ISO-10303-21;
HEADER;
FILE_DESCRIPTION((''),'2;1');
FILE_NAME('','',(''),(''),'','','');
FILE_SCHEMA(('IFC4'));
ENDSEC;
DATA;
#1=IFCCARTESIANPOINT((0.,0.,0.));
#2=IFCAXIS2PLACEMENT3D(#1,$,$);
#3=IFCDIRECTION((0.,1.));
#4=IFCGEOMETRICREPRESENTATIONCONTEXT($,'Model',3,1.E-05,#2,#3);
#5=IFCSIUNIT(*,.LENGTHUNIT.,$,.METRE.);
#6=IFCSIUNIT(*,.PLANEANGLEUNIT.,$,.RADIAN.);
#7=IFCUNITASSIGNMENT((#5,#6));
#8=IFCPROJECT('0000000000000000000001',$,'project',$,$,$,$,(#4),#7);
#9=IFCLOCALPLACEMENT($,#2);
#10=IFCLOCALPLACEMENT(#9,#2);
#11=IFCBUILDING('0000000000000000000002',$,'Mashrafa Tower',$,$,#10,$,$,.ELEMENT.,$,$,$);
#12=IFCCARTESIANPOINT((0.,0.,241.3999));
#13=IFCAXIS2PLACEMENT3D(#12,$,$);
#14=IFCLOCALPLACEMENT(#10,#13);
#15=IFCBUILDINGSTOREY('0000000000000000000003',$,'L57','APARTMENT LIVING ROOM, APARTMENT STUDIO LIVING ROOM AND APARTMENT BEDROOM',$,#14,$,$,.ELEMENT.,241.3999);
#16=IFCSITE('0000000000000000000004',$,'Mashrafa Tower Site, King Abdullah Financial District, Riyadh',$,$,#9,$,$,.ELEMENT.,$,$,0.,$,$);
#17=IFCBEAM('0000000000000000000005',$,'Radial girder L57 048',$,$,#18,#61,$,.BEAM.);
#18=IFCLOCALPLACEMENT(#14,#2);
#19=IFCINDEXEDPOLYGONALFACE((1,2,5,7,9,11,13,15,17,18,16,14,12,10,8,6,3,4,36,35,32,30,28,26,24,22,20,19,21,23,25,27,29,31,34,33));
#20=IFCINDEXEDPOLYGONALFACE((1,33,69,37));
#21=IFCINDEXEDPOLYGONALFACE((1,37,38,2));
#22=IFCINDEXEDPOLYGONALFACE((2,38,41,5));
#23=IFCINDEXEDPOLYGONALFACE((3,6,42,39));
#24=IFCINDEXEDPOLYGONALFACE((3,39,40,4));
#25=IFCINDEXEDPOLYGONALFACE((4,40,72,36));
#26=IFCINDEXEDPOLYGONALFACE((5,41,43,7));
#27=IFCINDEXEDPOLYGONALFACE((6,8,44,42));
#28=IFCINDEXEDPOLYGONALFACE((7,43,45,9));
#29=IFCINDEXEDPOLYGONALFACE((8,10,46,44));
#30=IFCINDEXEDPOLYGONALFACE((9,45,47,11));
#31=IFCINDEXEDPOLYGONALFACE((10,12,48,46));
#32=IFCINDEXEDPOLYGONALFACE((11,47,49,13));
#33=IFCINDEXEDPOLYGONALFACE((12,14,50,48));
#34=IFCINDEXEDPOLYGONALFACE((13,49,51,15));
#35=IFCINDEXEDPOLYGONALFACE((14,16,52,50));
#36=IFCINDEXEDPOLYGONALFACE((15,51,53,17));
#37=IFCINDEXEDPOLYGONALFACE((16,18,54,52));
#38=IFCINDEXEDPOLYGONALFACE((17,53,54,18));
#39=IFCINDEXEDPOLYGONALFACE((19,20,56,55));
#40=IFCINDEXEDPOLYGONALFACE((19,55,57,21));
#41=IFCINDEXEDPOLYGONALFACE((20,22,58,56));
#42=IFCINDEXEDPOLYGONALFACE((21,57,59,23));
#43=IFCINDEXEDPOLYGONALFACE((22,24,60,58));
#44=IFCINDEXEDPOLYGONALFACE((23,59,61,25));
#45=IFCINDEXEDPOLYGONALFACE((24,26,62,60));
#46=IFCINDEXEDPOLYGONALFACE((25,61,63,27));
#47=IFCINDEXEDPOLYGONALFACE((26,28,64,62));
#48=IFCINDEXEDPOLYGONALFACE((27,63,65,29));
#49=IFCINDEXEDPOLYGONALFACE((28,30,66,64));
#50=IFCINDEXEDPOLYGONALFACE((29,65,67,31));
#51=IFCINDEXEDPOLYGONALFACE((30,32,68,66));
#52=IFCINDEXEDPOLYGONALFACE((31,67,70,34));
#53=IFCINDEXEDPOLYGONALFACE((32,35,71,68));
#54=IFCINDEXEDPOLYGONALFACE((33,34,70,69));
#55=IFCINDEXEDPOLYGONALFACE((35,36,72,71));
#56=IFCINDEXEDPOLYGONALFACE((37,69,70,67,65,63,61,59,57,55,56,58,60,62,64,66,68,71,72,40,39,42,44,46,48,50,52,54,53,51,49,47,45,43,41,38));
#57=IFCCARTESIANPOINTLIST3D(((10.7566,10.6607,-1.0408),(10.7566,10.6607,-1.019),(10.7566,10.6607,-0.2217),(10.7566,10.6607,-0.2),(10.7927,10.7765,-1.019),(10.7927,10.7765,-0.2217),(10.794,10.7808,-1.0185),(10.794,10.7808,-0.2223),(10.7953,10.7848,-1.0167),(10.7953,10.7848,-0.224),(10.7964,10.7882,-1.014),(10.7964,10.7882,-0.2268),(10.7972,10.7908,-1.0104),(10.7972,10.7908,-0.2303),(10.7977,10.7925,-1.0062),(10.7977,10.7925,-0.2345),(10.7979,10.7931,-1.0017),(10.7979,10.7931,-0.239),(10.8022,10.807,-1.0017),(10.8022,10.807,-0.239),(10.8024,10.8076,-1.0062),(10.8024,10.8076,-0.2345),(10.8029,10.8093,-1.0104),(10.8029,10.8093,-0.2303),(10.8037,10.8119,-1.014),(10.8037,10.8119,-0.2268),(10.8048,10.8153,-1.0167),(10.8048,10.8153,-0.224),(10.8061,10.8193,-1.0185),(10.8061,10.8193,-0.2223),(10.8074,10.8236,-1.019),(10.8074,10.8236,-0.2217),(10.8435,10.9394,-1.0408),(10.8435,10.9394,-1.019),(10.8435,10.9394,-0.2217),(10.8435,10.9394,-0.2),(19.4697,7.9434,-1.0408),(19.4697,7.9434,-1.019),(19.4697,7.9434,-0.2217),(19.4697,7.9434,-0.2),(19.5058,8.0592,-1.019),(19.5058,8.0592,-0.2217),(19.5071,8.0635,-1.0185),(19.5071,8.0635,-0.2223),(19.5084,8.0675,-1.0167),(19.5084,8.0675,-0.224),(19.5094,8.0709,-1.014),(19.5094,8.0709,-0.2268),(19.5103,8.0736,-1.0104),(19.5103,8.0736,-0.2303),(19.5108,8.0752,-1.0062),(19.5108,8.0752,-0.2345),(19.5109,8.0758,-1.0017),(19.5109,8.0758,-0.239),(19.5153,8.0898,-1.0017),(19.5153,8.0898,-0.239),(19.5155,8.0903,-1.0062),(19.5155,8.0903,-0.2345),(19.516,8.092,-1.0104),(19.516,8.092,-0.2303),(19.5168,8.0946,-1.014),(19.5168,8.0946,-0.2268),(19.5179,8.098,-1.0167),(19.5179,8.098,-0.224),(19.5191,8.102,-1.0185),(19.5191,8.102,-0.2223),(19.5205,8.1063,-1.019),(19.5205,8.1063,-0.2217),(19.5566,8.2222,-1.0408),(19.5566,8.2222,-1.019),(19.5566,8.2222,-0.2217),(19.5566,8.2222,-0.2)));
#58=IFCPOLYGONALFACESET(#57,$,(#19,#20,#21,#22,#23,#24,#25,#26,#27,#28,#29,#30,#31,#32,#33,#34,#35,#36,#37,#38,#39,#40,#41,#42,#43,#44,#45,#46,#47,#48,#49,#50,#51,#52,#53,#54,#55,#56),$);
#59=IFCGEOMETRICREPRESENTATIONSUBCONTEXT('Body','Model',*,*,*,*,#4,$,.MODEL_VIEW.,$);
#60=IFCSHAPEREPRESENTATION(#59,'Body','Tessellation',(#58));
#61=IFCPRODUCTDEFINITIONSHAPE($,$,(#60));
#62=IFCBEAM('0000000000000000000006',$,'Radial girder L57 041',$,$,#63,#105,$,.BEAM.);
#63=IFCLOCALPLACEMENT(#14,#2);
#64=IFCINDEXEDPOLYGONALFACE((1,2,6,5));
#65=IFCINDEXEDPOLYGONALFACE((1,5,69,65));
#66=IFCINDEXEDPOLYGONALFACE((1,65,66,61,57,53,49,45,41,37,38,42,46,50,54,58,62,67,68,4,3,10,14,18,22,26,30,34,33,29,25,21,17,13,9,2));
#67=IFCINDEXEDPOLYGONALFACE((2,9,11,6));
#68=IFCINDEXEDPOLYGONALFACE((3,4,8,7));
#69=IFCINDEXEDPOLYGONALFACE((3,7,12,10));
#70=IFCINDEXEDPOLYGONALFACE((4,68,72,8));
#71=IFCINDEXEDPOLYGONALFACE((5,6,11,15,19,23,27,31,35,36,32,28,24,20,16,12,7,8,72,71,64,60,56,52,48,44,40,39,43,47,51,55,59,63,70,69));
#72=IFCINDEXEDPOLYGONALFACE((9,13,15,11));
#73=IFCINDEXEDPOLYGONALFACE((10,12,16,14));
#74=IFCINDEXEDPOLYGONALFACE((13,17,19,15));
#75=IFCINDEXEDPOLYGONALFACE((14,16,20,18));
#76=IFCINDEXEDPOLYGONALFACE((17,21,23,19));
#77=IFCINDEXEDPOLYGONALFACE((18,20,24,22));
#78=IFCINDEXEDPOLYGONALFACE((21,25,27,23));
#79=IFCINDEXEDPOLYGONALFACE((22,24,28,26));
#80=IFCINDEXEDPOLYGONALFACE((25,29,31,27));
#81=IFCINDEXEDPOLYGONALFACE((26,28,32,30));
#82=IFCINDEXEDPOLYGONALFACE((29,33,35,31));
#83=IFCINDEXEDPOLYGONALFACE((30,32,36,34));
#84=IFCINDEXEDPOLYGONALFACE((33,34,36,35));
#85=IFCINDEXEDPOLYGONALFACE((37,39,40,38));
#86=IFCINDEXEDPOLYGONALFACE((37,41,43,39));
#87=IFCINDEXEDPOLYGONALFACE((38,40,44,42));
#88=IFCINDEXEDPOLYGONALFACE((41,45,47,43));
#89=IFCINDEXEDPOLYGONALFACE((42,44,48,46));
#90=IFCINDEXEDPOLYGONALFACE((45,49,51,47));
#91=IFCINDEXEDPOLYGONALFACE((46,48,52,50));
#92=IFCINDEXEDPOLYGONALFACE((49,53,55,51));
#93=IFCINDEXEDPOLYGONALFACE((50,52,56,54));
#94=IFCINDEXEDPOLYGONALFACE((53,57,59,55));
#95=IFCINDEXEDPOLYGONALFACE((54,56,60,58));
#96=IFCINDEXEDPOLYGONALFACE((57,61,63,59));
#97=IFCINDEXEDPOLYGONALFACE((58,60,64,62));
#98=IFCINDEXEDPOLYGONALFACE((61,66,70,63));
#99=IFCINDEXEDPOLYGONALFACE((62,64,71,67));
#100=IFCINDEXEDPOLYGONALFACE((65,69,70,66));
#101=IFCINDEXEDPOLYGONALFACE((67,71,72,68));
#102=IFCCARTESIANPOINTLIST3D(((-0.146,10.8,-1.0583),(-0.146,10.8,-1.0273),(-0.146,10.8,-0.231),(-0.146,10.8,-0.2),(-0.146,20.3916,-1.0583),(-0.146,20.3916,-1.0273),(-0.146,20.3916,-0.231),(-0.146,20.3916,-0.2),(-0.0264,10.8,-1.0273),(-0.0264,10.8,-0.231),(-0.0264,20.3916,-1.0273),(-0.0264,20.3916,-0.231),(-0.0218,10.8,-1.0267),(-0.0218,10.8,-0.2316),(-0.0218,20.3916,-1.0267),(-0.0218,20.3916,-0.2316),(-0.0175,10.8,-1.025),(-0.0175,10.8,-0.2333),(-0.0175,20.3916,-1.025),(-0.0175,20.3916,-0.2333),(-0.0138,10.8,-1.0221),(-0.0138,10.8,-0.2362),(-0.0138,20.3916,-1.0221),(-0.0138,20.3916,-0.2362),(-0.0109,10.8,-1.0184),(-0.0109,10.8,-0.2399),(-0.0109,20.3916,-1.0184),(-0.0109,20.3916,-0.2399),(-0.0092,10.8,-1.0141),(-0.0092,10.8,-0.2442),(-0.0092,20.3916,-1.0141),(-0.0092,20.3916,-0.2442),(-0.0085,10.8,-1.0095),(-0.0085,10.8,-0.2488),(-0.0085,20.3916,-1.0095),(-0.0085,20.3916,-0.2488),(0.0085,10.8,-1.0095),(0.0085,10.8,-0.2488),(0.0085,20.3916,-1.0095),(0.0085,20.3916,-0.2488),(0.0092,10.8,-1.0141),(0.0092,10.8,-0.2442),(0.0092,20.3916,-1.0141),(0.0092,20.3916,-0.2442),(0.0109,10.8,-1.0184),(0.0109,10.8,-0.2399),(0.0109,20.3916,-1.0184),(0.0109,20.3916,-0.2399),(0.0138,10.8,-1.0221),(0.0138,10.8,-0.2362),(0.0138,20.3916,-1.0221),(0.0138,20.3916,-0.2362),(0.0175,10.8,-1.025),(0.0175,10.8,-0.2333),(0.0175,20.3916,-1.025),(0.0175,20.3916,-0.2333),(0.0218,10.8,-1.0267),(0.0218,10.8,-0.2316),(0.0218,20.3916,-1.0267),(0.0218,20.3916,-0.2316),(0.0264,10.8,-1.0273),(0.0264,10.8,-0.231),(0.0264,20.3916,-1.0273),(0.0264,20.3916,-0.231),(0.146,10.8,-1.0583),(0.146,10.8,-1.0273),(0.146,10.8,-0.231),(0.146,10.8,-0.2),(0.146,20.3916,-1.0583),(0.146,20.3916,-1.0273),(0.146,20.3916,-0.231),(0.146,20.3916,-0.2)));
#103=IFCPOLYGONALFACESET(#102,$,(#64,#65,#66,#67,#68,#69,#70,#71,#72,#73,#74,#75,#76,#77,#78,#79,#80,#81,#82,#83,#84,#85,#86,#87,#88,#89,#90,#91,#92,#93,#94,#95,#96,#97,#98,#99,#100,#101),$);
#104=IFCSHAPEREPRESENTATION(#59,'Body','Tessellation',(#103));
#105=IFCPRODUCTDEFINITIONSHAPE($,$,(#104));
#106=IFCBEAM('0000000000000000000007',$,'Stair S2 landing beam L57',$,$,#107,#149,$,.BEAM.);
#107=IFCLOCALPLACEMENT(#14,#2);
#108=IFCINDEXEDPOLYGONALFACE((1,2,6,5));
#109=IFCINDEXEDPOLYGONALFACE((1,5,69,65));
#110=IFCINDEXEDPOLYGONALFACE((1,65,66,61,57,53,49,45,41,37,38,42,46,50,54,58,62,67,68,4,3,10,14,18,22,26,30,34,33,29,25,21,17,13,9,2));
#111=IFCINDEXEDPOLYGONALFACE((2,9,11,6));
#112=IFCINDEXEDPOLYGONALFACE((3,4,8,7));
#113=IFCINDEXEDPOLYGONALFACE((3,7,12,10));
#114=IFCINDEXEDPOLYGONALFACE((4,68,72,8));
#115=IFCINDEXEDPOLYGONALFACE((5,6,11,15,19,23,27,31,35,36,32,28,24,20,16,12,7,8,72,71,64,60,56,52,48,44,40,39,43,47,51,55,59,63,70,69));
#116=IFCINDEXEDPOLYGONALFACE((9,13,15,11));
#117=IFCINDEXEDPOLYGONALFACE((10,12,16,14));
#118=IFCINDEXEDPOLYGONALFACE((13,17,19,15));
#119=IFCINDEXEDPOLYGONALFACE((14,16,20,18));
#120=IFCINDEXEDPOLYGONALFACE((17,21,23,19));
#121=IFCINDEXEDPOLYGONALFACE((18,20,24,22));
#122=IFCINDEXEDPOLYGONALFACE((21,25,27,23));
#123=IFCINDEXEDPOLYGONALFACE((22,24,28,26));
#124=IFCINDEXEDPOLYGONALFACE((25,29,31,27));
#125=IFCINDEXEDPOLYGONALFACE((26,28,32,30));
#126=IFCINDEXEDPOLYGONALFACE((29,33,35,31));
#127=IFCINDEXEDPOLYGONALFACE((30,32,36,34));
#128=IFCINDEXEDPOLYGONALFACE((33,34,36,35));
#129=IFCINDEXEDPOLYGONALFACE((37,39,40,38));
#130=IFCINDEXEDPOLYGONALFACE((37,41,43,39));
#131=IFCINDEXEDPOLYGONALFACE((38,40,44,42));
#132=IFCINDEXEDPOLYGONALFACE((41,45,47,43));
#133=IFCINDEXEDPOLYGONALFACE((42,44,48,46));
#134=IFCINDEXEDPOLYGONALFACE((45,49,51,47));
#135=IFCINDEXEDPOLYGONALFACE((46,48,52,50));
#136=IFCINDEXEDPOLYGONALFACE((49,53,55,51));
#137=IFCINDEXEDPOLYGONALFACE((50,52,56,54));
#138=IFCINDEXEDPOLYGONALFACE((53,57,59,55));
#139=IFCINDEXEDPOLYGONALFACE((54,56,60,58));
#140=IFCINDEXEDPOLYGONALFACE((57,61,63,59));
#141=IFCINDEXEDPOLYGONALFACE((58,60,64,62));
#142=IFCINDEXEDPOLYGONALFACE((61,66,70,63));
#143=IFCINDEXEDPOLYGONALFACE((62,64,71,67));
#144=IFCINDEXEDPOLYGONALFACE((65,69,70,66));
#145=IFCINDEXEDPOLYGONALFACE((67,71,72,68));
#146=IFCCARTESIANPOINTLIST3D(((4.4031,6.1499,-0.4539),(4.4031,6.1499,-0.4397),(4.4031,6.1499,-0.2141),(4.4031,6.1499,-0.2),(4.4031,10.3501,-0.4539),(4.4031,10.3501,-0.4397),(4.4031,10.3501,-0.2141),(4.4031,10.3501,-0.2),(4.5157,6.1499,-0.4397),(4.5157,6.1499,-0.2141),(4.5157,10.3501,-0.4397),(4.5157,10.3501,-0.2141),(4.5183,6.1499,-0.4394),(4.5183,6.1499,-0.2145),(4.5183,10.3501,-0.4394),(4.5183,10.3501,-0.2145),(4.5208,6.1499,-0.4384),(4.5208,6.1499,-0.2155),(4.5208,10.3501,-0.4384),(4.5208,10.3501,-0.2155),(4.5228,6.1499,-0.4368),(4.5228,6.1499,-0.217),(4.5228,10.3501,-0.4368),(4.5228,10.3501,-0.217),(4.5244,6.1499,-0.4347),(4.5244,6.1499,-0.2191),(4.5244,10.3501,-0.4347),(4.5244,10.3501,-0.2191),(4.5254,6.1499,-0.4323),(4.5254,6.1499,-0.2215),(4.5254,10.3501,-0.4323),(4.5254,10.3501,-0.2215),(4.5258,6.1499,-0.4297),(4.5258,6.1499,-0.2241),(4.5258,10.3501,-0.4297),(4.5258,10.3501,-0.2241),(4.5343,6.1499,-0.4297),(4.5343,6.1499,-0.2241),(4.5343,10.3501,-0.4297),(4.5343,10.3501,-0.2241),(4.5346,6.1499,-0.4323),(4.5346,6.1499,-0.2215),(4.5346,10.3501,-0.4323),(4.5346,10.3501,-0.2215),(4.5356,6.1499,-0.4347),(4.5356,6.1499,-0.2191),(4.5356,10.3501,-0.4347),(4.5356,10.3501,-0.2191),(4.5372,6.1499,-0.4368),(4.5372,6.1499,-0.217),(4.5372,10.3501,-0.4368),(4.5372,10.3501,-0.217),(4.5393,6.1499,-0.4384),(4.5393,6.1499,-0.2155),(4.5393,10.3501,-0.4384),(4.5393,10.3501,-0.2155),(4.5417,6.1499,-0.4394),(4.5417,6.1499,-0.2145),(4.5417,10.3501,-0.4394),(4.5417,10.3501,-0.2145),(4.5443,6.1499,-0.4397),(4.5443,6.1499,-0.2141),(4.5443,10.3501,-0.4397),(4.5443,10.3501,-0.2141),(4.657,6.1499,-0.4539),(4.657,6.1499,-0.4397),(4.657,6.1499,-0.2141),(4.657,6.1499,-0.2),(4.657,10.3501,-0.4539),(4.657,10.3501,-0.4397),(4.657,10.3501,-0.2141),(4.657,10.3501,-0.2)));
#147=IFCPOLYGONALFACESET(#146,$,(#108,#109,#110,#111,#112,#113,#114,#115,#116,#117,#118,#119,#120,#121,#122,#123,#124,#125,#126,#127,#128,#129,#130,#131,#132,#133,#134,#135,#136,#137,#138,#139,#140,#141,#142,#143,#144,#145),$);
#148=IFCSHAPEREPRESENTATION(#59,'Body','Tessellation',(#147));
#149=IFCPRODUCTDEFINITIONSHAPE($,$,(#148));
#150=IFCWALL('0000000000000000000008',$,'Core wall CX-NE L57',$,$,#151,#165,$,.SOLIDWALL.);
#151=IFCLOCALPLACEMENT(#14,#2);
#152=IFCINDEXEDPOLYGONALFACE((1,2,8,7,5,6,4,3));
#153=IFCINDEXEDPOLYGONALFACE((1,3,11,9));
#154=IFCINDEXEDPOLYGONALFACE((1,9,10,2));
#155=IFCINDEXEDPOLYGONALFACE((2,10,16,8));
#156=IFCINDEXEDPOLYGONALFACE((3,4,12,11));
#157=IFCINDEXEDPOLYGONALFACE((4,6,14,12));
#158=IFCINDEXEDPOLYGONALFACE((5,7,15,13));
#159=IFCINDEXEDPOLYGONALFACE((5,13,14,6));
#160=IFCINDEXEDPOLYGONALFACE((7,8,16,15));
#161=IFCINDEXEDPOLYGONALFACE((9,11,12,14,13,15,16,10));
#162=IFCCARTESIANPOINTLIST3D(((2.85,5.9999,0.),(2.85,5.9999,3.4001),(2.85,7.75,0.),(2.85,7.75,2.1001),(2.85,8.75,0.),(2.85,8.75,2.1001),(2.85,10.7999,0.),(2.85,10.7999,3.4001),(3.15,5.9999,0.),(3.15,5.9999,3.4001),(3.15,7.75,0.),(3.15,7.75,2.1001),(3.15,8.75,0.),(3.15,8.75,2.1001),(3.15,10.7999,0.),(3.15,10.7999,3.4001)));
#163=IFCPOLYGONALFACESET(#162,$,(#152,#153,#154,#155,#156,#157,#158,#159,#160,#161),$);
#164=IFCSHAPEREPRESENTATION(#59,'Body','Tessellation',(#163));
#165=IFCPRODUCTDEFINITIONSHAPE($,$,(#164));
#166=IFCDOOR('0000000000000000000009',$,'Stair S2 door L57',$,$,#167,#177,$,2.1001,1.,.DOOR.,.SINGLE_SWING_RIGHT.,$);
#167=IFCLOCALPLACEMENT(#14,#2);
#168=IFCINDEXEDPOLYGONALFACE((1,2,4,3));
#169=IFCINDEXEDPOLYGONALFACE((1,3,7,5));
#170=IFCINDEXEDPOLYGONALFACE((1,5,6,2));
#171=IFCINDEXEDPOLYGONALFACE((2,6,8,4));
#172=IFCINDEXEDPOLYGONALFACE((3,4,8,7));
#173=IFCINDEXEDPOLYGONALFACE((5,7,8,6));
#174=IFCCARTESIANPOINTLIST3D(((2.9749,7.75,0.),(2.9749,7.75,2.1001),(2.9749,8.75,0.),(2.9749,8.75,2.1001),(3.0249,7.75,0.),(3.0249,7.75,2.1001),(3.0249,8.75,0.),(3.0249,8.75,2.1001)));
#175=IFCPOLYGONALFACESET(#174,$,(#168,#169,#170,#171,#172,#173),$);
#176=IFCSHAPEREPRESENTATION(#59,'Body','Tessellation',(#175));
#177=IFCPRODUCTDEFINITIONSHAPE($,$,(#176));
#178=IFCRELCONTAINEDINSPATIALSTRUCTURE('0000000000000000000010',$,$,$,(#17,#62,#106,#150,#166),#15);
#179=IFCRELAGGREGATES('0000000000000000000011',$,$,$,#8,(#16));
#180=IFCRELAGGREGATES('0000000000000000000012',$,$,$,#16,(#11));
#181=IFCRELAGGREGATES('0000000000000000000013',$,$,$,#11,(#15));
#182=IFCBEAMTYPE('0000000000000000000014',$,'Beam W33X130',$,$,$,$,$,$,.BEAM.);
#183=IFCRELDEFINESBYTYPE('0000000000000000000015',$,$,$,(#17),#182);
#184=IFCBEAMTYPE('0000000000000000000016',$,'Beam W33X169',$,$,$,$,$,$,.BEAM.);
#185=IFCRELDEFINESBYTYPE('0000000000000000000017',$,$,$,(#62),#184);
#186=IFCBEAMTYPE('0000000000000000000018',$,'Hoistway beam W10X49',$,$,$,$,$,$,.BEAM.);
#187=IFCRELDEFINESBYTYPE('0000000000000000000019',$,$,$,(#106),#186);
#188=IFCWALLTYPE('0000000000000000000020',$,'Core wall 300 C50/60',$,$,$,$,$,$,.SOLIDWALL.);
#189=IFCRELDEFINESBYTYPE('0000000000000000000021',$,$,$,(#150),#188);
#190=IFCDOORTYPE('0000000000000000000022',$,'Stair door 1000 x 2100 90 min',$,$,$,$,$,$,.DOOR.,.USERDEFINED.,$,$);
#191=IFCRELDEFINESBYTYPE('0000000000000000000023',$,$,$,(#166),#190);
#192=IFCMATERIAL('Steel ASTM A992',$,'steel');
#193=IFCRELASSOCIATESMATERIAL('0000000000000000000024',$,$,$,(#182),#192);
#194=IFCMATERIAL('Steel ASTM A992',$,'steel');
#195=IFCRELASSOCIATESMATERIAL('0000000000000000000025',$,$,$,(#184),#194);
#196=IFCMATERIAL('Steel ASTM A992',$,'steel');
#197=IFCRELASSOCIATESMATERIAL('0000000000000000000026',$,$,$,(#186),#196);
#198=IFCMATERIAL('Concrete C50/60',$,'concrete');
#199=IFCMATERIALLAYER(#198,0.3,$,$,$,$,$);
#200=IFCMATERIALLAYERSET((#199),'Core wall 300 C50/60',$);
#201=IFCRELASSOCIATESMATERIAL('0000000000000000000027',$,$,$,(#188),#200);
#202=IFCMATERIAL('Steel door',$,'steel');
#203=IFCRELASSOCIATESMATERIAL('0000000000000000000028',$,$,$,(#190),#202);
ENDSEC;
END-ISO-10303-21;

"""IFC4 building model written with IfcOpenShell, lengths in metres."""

from ifc_helpers import new_model, si_unit, direction, frame, frame_2d, origin, origin_2d, place, context, subcontext, project, spatial, rectangle, i_section, extrude, material, layer, layer_set, material_profile, profile_set, type_object, element, fill, save


model = new_model("IFC4")

# Units and contexts
model_context = context("Model", 3, precision=1e-05, world=origin(), true_north=direction((0.0, 1.0)))
body_context = subcontext(model_context, "Body", "Model", "MODEL_VIEW")
ifc_project = project(units=[si_unit("LENGTHUNIT", "METRE"), si_unit("PLANEANGLEUNIT", "RADIAN")], contexts=[model_context])

# Site, building, storey
site_placement = place(None, origin())
site = spatial("IfcSite", under=ifc_project, at=site_placement, Name="Mashrafa Tower Site, King Abdullah Financial District, Riyadh", CompositionType="ELEMENT", RefElevation=0.0)
building_placement = place(site_placement, origin())
building = spatial("IfcBuilding", under=site, at=building_placement, Name="Mashrafa Tower", CompositionType="ELEMENT")
storey_placement = place(building_placement, frame((0.0, 0.0, 241.3999)))
storey = spatial("IfcBuildingStorey", under=building, at=storey_placement, Name="L57", Description="APARTMENT LIVING ROOM, APARTMENT STUDIO LIVING ROOM AND APARTMENT BEDROOM", CompositionType="ELEMENT", Elevation=241.3999)

# Beams
ifc_material_1 = material(Name="Steel ASTM A992", Category="steel")
ifc_material_profile_1 = material_profile(ifc_material_1, i_section(OverallWidth=0.292, OverallDepth=0.8408, WebThickness=0.0146, FlangeThickness=0.0217, FilletRadius=0.0173, at=origin_2d()), Name="W33X130")
ifc_profile_set_1 = profile_set([ifc_material_profile_1], Name="Steel ASTM A992")
beam_type_1 = type_object("IfcBeamType", Name="Beam W33X130", PredefinedType="BEAM", material=ifc_profile_set_1)
for number, where, z_axis, x_axis, name in (
    (1, (10.8, 10.8, -0.6204), (0.954654, -0.297719, 0.0), (0.297719, 0.954654, 0.0), "Radial girder L57 048"),
):
    element("IfcBeam", number, at=place(storey_placement, frame(where, z_axis=z_axis, x_axis=x_axis)), inside=storey, type_object=beam_type_1, Name=name, PredefinedType="BEAM", context=body_context, shape_type="SweptSolid", body=[
        extrude(i_section(OverallWidth=0.292, OverallDepth=0.8408, WebThickness=0.0146, FlangeThickness=0.0217, FilletRadius=0.0173, at=origin_2d()), origin(), (0.0, 0.0, 1.0), 9.127),
    ])
ifc_material_2 = material(Name="Steel ASTM A992", Category="steel")
ifc_material_profile_2 = material_profile(ifc_material_2, i_section(OverallWidth=0.292, OverallDepth=0.8584, WebThickness=0.0171, FlangeThickness=0.031, FilletRadius=0.0178, at=origin_2d()), Name="W33X169")
ifc_profile_set_2 = profile_set([ifc_material_profile_2], Name="Steel ASTM A992")
beam_type_2 = type_object("IfcBeamType", Name="Beam W33X169", PredefinedType="BEAM", material=ifc_profile_set_2)
beam_1_placement = place(storey_placement, frame((0.0, 10.8, -0.6292), z_axis=(0.0, 1.0, 0.0), x_axis=(-1.0, 0.0, 0.0)))
element("IfcBeam", 2, at=beam_1_placement, inside=storey, type_object=beam_type_2, Name="Radial girder L57 041", PredefinedType="BEAM", context=body_context, shape_type="SweptSolid", body=[
    extrude(i_section(OverallWidth=0.292, OverallDepth=0.8584, WebThickness=0.0171, FlangeThickness=0.031, FilletRadius=0.0178, at=origin_2d()), origin(), (0.0, 0.0, 1.0), 9.5916),
])
ifc_material_3 = material(Name="Steel ASTM A992", Category="steel")
ifc_material_profile_3 = material_profile(ifc_material_3, i_section(OverallWidth=0.2539, OverallDepth=0.2539, WebThickness=0.0085, FlangeThickness=0.0142, FilletRadius=0.01, at=origin_2d()), Name="W10X49")
ifc_profile_set_3 = profile_set([ifc_material_profile_3], Name="Steel ASTM A992")
beam_type_3 = type_object("IfcBeamType", Name="Hoistway beam W10X49", PredefinedType="BEAM", material=ifc_profile_set_3)
beam_2_placement = place(storey_placement, frame((4.53, 6.1499, -0.3269), z_axis=(0.0, 1.0, 0.0), x_axis=(-1.0, 0.0, 0.0)))
element("IfcBeam", 3, at=beam_2_placement, inside=storey, type_object=beam_type_3, Name="Stair S2 landing beam L57", PredefinedType="BEAM", context=body_context, shape_type="SweptSolid", body=[
    extrude(i_section(OverallWidth=0.2539, OverallDepth=0.2539, WebThickness=0.0085, FlangeThickness=0.0142, FilletRadius=0.01, at=origin_2d()), origin(), (0.0, 0.0, 1.0), 4.2002),
])

# Wall, opening, door
ifc_material_4 = material(Name="Concrete C50/60", Category="concrete")
ifc_layer_1 = layer(ifc_material_4, 0.3)
ifc_layer_set_1 = layer_set([ifc_layer_1], Name="Core wall 300 C50/60")
wall_type_1 = type_object("IfcWallType", Name="Core wall 300 C50/60", PredefinedType="SOLIDWALL", material=ifc_layer_set_1)
wall_1_placement = place(storey_placement, frame((3.0, 6.0, 0.0), z_axis=(0.0, 0.0, 1.0), x_axis=(0.0, 1.0, 0.0)))
wall_1 = element("IfcWall", 4, at=wall_1_placement, inside=storey, type_object=wall_type_1, Name="Core wall CX-NE L57", PredefinedType="SOLIDWALL", context=body_context, shape_type="SweptSolid", body=[
    extrude(rectangle(XDim=4.8, YDim=0.3, at=frame_2d((2.3999, 0.0))), origin(), (0.0, 0.0, 1.0), 3.4001),
])
opening_1_placement = place(wall_1_placement, frame((1.75, 0.0, 0.0)))
opening_1 = element("IfcOpeningElement", 5, at=opening_1_placement, cuts=wall_1, PredefinedType="OPENING", context=body_context, shape_type="SweptSolid", body=[
    extrude(rectangle(XDim=1.0, YDim=2.1001, at=frame_2d((0.5, 1.05))), frame((0.0, 0.1599, 0.0), z_axis=(0.0, -1.0, 0.0), x_axis=(1.0, 0.0, 0.0)), (0.0, 0.0, 1.0), 0.3201),
])
ifc_material_5 = material(Name="Steel door", Category="steel")
door_type_1 = type_object("IfcDoorType", Name="Stair door 1000 x 2100 90 min", OperationType="USERDEFINED", PredefinedType="DOOR", material=ifc_material_5)
door_1_placement = place(opening_1_placement, frame((1.0, 0.0, 0.0), z_axis=(0.0, 0.0, 1.0), x_axis=(-1.0, 0.0, 0.0)))
door_1 = element("IfcDoor", 6, at=door_1_placement, inside=storey, type_object=door_type_1, Name="Stair S2 door L57", OperationType="SINGLE_SWING_RIGHT", OverallHeight=2.1001, OverallWidth=1.0, PredefinedType="DOOR", context=body_context, shape_type="SweptSolid", body=[
    extrude(rectangle(XDim=1.0, YDim=2.1001, at=frame_2d((0.5, 1.05))), frame((0.0, 0.0249, 0.0), z_axis=(0.0, -1.0, 0.0), x_axis=(1.0, 0.0, 0.0)), (0.0, 0.0, 1.0), 0.05),
])
fill(opening_1, door_1)

save(model, "model.ifc")
